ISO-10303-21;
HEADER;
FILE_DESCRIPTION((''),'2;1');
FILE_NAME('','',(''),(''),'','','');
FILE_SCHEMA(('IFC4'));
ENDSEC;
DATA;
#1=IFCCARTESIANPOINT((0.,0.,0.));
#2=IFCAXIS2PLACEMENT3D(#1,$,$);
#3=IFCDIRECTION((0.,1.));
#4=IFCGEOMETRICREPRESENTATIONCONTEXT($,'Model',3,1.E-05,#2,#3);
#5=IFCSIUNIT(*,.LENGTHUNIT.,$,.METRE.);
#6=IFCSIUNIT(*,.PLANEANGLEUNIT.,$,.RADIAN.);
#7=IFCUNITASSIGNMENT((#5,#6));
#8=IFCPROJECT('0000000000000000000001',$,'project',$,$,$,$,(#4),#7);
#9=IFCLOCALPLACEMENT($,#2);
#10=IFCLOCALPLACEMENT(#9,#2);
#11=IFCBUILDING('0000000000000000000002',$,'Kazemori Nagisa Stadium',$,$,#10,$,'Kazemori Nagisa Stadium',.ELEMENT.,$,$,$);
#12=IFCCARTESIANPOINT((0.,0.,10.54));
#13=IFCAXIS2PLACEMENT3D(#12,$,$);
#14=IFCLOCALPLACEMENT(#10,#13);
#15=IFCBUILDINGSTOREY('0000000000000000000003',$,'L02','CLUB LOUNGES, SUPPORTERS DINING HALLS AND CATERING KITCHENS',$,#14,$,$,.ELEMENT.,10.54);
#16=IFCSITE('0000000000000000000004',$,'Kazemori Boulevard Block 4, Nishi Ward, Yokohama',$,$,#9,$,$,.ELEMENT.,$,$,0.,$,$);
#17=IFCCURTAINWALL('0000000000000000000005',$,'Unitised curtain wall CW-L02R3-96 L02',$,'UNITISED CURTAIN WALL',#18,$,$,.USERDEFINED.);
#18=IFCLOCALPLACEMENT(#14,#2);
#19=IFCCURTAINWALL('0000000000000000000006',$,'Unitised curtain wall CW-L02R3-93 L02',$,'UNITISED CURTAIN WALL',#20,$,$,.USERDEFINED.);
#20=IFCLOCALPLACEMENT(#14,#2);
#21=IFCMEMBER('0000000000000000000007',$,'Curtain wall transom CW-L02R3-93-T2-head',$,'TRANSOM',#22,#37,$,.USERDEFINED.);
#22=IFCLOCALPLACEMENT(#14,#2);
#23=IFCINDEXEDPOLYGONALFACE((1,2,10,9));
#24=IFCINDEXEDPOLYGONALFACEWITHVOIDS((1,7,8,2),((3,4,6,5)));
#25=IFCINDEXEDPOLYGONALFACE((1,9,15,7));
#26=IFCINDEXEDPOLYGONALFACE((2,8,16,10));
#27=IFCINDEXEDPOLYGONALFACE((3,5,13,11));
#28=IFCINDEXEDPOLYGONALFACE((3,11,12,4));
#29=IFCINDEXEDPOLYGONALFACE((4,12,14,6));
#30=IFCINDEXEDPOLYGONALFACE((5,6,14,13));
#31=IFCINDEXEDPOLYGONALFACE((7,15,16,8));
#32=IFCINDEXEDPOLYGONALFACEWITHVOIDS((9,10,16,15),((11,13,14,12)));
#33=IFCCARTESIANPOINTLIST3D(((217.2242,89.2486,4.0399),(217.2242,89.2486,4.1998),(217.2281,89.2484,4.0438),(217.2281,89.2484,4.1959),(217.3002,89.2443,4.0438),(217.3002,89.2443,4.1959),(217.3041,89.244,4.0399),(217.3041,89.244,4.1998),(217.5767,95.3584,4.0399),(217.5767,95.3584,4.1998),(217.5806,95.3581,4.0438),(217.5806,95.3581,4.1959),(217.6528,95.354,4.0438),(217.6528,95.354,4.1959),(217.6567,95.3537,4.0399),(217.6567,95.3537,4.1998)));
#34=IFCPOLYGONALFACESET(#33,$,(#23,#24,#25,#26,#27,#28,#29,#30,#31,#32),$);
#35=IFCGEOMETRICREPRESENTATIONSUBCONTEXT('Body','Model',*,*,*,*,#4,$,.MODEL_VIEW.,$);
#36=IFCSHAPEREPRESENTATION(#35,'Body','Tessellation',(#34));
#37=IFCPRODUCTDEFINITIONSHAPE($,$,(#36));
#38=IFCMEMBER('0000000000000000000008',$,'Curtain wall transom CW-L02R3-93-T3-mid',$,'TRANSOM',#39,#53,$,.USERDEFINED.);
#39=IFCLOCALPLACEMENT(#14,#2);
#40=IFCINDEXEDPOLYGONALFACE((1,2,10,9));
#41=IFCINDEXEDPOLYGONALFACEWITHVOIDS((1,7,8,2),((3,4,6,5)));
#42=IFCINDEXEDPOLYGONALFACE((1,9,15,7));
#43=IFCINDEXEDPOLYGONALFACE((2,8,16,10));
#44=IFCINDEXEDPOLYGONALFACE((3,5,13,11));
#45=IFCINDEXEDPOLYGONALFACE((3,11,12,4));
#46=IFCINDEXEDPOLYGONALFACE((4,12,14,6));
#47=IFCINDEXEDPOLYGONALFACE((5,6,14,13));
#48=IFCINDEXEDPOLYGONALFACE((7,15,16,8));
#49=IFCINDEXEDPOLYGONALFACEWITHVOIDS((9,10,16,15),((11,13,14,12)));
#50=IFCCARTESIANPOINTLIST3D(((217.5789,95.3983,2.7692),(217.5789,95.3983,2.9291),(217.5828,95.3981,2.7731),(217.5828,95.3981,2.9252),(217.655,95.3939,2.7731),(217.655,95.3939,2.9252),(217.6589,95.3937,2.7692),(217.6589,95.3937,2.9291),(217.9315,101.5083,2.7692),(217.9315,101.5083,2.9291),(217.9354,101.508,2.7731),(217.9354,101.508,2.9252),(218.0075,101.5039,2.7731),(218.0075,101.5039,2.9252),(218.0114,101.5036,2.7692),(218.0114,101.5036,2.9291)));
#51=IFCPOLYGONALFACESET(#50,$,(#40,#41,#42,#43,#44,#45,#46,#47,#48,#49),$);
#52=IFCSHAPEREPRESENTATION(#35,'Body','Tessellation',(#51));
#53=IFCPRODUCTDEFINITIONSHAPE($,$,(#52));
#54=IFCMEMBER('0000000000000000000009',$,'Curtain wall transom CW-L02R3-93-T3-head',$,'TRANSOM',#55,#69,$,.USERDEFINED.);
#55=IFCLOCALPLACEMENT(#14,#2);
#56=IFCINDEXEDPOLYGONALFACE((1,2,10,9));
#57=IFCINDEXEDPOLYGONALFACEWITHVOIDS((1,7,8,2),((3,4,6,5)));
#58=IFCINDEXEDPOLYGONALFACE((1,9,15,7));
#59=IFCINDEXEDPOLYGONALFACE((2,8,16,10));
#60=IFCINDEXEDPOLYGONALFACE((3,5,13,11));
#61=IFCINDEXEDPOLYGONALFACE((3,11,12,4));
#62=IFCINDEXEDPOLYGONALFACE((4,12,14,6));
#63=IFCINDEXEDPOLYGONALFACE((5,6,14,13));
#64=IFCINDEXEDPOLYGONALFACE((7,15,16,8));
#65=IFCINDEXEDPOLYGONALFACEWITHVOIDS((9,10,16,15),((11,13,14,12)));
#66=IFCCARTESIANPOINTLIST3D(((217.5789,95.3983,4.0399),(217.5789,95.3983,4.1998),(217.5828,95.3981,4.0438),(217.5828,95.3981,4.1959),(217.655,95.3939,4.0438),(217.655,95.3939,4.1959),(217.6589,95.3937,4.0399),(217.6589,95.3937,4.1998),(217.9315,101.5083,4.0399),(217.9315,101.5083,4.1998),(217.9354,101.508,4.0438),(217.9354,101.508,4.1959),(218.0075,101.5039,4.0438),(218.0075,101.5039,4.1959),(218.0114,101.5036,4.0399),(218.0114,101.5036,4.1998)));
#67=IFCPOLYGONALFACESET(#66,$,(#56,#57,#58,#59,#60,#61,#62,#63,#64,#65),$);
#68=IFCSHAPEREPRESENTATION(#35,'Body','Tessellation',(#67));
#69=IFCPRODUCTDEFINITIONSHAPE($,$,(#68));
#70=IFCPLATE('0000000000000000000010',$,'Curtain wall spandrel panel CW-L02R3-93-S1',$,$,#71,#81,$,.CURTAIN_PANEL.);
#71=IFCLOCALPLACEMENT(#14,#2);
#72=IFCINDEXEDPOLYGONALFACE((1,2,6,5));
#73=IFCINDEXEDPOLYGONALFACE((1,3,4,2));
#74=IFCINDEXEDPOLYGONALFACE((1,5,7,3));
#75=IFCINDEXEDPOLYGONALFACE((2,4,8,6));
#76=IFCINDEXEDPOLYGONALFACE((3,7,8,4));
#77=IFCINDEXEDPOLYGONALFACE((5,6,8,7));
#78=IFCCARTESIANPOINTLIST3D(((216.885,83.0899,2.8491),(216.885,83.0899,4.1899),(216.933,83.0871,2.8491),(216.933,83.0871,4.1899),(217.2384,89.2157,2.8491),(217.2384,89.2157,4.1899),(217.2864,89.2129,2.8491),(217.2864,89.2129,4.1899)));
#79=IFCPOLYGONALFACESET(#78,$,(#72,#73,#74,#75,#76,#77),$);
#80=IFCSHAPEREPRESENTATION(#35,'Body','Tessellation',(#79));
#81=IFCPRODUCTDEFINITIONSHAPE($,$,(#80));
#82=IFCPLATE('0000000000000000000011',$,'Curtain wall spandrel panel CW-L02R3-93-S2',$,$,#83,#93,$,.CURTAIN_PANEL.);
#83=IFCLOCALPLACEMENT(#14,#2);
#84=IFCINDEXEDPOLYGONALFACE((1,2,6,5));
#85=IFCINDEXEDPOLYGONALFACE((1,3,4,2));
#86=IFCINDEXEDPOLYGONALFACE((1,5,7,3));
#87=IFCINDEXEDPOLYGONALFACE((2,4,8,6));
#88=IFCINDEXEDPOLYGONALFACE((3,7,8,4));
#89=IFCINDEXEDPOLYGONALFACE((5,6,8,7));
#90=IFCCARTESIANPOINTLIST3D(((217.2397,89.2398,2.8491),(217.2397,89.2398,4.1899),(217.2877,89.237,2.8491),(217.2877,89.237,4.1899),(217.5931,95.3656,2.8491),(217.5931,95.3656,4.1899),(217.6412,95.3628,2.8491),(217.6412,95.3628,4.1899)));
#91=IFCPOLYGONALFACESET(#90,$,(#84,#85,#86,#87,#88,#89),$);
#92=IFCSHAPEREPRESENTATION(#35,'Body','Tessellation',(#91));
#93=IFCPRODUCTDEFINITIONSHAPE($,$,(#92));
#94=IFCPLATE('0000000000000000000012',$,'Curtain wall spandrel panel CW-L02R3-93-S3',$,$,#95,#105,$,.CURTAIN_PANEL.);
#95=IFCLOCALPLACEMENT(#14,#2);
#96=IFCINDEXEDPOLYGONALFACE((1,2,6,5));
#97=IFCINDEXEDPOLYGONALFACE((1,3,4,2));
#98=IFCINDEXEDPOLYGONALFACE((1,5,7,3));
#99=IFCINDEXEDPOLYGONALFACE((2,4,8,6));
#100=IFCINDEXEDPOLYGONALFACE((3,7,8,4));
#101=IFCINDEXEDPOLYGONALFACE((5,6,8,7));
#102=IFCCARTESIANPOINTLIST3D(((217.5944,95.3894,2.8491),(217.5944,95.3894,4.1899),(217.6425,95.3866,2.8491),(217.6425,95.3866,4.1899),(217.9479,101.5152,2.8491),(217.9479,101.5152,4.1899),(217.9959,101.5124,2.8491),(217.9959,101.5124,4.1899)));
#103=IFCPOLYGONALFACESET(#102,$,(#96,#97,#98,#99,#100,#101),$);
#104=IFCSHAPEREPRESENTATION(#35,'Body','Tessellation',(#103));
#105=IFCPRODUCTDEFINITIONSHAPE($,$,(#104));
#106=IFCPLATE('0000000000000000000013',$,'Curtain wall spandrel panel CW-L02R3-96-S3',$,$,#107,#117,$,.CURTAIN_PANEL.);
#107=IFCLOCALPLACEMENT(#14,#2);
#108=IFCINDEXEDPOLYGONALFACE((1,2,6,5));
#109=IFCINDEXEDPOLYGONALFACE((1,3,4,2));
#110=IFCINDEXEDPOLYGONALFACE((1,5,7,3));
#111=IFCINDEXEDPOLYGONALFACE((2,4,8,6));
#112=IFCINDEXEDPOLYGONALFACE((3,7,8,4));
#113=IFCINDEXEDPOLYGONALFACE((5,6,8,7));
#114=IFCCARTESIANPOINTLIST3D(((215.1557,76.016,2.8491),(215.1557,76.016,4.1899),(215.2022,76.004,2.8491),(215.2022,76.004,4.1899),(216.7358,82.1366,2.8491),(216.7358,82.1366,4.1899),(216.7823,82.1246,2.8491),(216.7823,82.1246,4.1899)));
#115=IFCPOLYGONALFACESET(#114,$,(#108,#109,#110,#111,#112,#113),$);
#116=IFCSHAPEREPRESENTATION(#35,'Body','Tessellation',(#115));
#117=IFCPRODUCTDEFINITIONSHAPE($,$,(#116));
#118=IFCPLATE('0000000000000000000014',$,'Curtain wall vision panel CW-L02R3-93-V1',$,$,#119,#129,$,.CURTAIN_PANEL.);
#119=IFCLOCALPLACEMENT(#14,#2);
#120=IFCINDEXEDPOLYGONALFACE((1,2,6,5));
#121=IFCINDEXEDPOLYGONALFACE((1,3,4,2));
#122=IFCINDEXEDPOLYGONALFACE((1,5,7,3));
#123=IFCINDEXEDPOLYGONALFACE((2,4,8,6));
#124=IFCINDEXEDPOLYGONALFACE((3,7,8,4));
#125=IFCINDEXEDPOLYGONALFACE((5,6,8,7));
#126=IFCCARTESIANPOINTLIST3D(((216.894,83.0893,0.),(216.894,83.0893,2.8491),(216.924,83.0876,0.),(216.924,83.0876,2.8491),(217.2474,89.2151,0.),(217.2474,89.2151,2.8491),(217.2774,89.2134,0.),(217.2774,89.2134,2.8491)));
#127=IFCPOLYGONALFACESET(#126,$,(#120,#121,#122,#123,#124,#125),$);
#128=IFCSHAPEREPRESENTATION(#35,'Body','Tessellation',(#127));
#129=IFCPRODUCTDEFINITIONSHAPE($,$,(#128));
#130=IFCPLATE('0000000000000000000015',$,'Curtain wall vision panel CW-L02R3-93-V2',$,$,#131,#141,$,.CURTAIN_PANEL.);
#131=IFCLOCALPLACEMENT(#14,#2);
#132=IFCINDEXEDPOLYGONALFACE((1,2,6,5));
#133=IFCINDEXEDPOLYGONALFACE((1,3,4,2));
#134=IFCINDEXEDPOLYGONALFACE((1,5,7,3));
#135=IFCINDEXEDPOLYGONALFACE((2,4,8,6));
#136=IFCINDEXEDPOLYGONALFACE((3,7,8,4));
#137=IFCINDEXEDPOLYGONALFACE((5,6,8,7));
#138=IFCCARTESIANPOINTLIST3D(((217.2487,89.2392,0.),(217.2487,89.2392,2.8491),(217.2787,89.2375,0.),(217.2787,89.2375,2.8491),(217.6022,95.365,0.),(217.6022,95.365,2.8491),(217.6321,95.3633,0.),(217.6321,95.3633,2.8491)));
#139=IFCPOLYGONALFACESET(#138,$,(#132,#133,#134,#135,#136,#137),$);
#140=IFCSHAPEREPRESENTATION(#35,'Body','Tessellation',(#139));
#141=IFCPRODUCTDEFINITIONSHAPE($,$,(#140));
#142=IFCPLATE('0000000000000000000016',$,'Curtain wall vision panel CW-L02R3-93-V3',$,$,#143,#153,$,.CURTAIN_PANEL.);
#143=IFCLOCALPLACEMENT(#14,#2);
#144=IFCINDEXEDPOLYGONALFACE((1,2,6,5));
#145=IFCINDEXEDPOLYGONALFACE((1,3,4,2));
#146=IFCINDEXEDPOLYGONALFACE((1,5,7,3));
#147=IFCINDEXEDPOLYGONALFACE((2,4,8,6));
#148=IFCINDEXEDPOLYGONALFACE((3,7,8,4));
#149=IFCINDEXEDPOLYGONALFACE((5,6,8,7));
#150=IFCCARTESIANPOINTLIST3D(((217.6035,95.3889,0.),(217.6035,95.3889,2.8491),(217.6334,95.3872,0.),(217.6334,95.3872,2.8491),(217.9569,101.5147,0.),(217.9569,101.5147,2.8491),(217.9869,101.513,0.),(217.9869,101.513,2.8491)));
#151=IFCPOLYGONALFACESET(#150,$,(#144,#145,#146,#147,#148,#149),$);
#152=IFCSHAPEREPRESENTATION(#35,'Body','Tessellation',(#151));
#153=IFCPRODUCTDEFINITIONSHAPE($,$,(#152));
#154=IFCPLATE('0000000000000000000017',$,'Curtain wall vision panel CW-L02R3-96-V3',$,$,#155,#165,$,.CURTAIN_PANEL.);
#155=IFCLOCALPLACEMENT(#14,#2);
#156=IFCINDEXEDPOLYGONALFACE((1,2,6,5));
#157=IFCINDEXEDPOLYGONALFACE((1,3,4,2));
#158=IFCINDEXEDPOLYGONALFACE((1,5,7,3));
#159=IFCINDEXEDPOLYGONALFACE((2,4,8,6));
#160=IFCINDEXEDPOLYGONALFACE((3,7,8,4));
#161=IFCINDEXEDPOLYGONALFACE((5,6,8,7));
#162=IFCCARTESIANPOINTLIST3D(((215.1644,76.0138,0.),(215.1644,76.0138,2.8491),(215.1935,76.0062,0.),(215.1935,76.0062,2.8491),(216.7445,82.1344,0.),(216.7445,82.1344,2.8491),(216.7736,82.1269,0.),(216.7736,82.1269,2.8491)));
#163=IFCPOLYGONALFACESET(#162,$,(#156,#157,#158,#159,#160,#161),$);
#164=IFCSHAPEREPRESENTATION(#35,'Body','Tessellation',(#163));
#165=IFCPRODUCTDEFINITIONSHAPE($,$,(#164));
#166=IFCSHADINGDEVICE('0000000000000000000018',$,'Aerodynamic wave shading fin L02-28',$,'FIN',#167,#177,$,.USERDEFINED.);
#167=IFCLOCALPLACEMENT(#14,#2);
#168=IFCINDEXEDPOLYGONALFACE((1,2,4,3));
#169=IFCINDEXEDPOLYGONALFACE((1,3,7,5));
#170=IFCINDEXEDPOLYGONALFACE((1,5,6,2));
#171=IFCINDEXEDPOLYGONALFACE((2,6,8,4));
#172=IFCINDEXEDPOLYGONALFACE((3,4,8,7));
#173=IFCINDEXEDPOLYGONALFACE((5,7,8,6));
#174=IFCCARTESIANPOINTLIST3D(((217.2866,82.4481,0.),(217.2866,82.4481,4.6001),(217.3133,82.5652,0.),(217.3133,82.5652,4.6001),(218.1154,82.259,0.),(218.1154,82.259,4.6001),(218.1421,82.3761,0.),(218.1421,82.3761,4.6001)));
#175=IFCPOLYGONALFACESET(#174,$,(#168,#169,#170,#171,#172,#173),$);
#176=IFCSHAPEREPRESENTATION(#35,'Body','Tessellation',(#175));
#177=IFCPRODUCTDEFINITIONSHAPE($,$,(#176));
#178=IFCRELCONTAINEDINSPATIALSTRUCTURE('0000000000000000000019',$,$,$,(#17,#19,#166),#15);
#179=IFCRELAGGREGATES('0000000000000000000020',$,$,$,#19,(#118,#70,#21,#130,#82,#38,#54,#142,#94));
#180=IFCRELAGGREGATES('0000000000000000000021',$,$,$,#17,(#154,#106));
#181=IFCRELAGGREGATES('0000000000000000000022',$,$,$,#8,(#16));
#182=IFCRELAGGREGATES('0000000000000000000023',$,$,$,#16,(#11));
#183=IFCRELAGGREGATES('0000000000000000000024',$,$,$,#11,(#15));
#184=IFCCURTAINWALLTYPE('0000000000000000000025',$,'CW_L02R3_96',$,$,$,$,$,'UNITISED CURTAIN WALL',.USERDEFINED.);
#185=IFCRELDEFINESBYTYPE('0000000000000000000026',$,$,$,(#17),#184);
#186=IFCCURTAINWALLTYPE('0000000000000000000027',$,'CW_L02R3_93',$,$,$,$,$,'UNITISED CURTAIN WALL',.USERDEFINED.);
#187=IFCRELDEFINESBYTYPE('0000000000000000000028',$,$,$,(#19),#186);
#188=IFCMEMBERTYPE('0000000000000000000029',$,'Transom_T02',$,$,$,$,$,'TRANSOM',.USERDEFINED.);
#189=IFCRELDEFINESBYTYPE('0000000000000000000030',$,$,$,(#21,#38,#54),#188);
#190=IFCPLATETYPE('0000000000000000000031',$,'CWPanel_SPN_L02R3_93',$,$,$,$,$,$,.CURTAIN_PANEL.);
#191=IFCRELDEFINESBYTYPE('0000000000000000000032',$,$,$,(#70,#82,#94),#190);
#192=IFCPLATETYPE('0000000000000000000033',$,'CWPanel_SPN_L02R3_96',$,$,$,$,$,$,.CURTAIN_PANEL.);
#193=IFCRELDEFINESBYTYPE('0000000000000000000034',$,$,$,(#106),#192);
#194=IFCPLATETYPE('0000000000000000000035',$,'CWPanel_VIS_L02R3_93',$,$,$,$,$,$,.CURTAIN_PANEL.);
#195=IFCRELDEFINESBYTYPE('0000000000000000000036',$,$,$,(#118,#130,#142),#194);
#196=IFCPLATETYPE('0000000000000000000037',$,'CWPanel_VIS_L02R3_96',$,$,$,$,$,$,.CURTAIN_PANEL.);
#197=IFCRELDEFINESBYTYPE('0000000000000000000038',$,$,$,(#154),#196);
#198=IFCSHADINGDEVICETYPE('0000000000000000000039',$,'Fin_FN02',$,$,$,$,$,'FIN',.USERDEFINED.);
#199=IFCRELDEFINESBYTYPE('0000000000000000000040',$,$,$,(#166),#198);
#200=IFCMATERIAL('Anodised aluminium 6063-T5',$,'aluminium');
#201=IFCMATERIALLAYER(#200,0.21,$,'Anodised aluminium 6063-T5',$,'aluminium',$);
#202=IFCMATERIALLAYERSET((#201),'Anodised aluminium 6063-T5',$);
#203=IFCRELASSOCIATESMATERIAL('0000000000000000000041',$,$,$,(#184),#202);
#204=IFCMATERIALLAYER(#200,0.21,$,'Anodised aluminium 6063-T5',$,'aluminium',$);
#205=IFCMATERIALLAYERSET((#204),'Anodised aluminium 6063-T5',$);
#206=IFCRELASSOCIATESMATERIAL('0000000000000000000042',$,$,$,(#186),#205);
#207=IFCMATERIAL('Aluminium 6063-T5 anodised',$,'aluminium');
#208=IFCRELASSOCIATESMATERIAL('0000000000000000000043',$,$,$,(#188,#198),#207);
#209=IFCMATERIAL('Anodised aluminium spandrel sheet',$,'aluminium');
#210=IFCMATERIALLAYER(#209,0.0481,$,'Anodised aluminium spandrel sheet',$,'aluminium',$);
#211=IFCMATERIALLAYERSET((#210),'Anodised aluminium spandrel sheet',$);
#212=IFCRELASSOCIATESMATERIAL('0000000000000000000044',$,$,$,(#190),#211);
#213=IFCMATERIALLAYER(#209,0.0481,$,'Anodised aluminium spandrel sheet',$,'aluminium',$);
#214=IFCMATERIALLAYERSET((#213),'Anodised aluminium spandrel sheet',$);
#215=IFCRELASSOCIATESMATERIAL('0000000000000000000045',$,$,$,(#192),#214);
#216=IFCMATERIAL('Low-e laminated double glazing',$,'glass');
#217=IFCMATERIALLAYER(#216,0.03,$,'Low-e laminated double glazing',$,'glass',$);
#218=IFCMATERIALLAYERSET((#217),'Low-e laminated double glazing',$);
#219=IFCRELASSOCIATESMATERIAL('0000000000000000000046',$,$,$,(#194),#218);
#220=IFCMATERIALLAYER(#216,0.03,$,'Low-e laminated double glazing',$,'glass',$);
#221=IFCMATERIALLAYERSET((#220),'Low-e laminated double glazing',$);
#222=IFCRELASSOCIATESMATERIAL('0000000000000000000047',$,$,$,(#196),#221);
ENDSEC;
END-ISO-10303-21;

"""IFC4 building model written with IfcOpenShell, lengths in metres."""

from ifc_helpers import new_model, si_unit, direction, frame, origin, origin_2d, place, context, subcontext, project, spatial, rectangle, hollow_rectangle, extrude, material, layer, layer_set, material_profile, profile_set, type_object, element, aggregate, save


model = new_model("IFC4")

# Units and contexts
model_context = context("Model", 3, precision=1e-05, world=origin(), true_north=direction((0.0, 1.0)))
body_context = subcontext(model_context, "Body", "Model", "MODEL_VIEW")
ifc_project = project(units=[si_unit("LENGTHUNIT", "METRE"), si_unit("PLANEANGLEUNIT", "RADIAN")], contexts=[model_context])

# Site, building, storey
site_placement = place(None, origin())
site = spatial("IfcSite", under=ifc_project, at=site_placement, Name="Kazemori Boulevard Block 4, Nishi Ward, Yokohama", CompositionType="ELEMENT", RefElevation=0.0)
building_placement = place(site_placement, origin())
building = spatial("IfcBuilding", under=site, at=building_placement, Name="Kazemori Nagisa Stadium", LongName="Kazemori Nagisa Stadium", CompositionType="ELEMENT")
storey_placement = place(building_placement, frame((0.0, 0.0, 10.54)))
storey = spatial("IfcBuildingStorey", under=building, at=storey_placement, Name="L02", Description="CLUB LOUNGES, SUPPORTERS DINING HALLS AND CATERING KITCHENS", CompositionType="ELEMENT", Elevation=10.54)

# Curtain wall
ifc_material_1 = material(Name="Anodised aluminium 6063-T5", Category="aluminium")
ifc_layer_1 = layer(ifc_material_1, 0.21, Name="Anodised aluminium 6063-T5", Category="aluminium")
ifc_layer_set_1 = layer_set([ifc_layer_1], Name="Anodised aluminium 6063-T5")
curtain_wall_type_1 = type_object("IfcCurtainWallType", Name="CW_L02R3_96", ElementType="UNITISED CURTAIN WALL", PredefinedType="USERDEFINED", material=ifc_layer_set_1)
curtain_wall_1_placement = place(storey_placement, origin())
curtain_wall_1 = element("IfcCurtainWall", 1, at=curtain_wall_1_placement, inside=storey, type_object=curtain_wall_type_1, Name="Unitised curtain wall CW-L02R3-96 L02", ObjectType="UNITISED CURTAIN WALL", PredefinedType="USERDEFINED")
ifc_material_2 = material(Name="Aluminium 6063-T5 anodised", Category="aluminium")

# Curtain wall, members, plates
ifc_layer_2 = layer(ifc_material_1, 0.21, Name="Anodised aluminium 6063-T5", Category="aluminium")
ifc_layer_set_2 = layer_set([ifc_layer_2], Name="Anodised aluminium 6063-T5")
curtain_wall_type_2 = type_object("IfcCurtainWallType", Name="CW_L02R3_93", ElementType="UNITISED CURTAIN WALL", PredefinedType="USERDEFINED", material=ifc_layer_set_2)
curtain_wall_2_placement = place(storey_placement, origin())
curtain_wall_2 = element("IfcCurtainWall", 2, at=curtain_wall_2_placement, inside=storey, type_object=curtain_wall_type_2, Name="Unitised curtain wall CW-L02R3-93 L02", ObjectType="UNITISED CURTAIN WALL", PredefinedType="USERDEFINED")
ifc_material_profile_1 = material_profile(ifc_material_2, hollow_rectangle(XDim=0.0801, YDim=0.1599, WallThickness=0.0039, at=origin_2d()), Name="ALU-TRAN-80x160x4")
ifc_profile_set_1 = profile_set([ifc_material_profile_1], Name="Aluminium 6063-T5 anodised")
member_type_1 = type_object("IfcMemberType", Name="Transom_T02", ElementType="TRANSOM", PredefinedType="USERDEFINED", material=ifc_profile_set_1)
member_1_placement = place(storey_placement, frame((217.2642, 89.2463, 4.1199), z_axis=(0.057606, 0.998339, 0.0), x_axis=(-0.998339, 0.057606, 0.0)))
member_1 = element("IfcMember", 3, at=member_1_placement, type_object=member_type_1, Name="Curtain wall transom CW-L02R3-93-T2-head", ObjectType="TRANSOM", PredefinedType="USERDEFINED", context=body_context, shape_type="SweptSolid", body=[
    extrude(hollow_rectangle(XDim=0.0801, YDim=0.1599, WallThickness=0.0039, at=origin_2d()), origin(), (0.0, 0.0, 1.0), 6.1199),
])
member_2_placement = place(storey_placement, frame((217.6189, 95.396, 2.8491), z_axis=(0.057604, 0.99834, 0.0), x_axis=(-0.99834, 0.057604, 0.0)))
member_2 = element("IfcMember", 4, at=member_2_placement, type_object=member_type_1, Name="Curtain wall transom CW-L02R3-93-T3-mid", ObjectType="TRANSOM", PredefinedType="USERDEFINED", context=body_context, shape_type="SweptSolid", body=[
    extrude(hollow_rectangle(XDim=0.0801, YDim=0.1599, WallThickness=0.0039, at=origin_2d()), origin(), (0.0, 0.0, 1.0), 6.1201),
])
member_3_placement = place(storey_placement, frame((217.6189, 95.396, 4.1199), z_axis=(0.057604, 0.99834, 0.0), x_axis=(-0.99834, 0.057604, 0.0)))
member_3 = element("IfcMember", 5, at=member_3_placement, type_object=member_type_1, Name="Curtain wall transom CW-L02R3-93-T3-head", ObjectType="TRANSOM", PredefinedType="USERDEFINED", context=body_context, shape_type="SweptSolid", body=[
    extrude(hollow_rectangle(XDim=0.0801, YDim=0.1599, WallThickness=0.0039, at=origin_2d()), origin(), (0.0, 0.0, 1.0), 6.1201),
])
ifc_material_3 = material(Name="Anodised aluminium spandrel sheet", Category="aluminium")
ifc_layer_3 = layer(ifc_material_3, 0.0481, Name="Anodised aluminium spandrel sheet", Category="aluminium")
ifc_layer_set_3 = layer_set([ifc_layer_3], Name="Anodised aluminium spandrel sheet")
plate_type_1 = type_object("IfcPlateType", Name="CWPanel_SPN_L02R3_93", PredefinedType="CURTAIN_PANEL", material=ifc_layer_set_3)
plate_1_placement = place(storey_placement, frame((217.0857, 86.1514, 2.8491), z_axis=(0.0, 0.0, 1.0), x_axis=(0.057602, 0.99834, 0.0)))
plate_1 = element("IfcPlate", 6, at=plate_1_placement, type_object=plate_type_1, Name="Curtain wall spandrel panel CW-L02R3-93-S1", PredefinedType="CURTAIN_PANEL", context=body_context, shape_type="SweptSolid", body=[
    extrude(rectangle(XDim=6.136, YDim=0.0481, at=origin_2d()), origin(), (0.0, 0.0, 1.0), 1.3408),
])
plate_2_placement = place(storey_placement, frame((217.4404, 92.3013, 2.8491), z_axis=(0.0, 0.0, 1.0), x_axis=(0.057602, 0.99834, 0.0)))
plate_2 = element("IfcPlate", 7, at=plate_2_placement, type_object=plate_type_1, Name="Curtain wall spandrel panel CW-L02R3-93-S2", PredefinedType="CURTAIN_PANEL", context=body_context, shape_type="SweptSolid", body=[
    extrude(rectangle(XDim=6.136, YDim=0.0481, at=origin_2d()), origin(), (0.0, 0.0, 1.0), 1.3408),
])
plate_3_placement = place(storey_placement, frame((217.7952, 98.4509, 2.8491), z_axis=(0.0, 0.0, 1.0), x_axis=(0.057602, 0.99834, 0.0)))
plate_3 = element("IfcPlate", 8, at=plate_3_placement, type_object=plate_type_1, Name="Curtain wall spandrel panel CW-L02R3-93-S3", PredefinedType="CURTAIN_PANEL", context=body_context, shape_type="SweptSolid", body=[
    extrude(rectangle(XDim=6.136, YDim=0.0481, at=origin_2d()), origin(), (0.0, 0.0, 1.0), 1.3408),
])

# Plates
ifc_layer_4 = layer(ifc_material_3, 0.0481, Name="Anodised aluminium spandrel sheet", Category="aluminium")
ifc_layer_set_4 = layer_set([ifc_layer_4], Name="Anodised aluminium spandrel sheet")
plate_type_2 = type_object("IfcPlateType", Name="CWPanel_SPN_L02R3_96", PredefinedType="CURTAIN_PANEL", material=ifc_layer_set_4)
plate_4_placement = place(storey_placement, frame((215.969, 79.0703, 2.8491), z_axis=(0.0, 0.0, 1.0), x_axis=(0.249965, 0.968255, 0.0)))
plate_4 = element("IfcPlate", 9, at=plate_4_placement, type_object=plate_type_2, Name="Curtain wall spandrel panel CW-L02R3-96-S3", PredefinedType="CURTAIN_PANEL", context=body_context, shape_type="SweptSolid", body=[
    extrude(rectangle(XDim=6.3213, YDim=0.0481, at=origin_2d()), origin(), (0.0, 0.0, 1.0), 1.3408),
])
ifc_material_4 = material(Name="Low-e laminated double glazing", Category="glass")
ifc_layer_5 = layer(ifc_material_4, 0.03, Name="Low-e laminated double glazing", Category="glass")
ifc_layer_set_5 = layer_set([ifc_layer_5], Name="Low-e laminated double glazing")
plate_type_3 = type_object("IfcPlateType", Name="CWPanel_VIS_L02R3_93", PredefinedType="CURTAIN_PANEL", material=ifc_layer_set_5)
plate_5_placement = place(storey_placement, frame((217.0857, 86.1514, 0.0), z_axis=(0.0, 0.0, 1.0), x_axis=(0.057602, 0.99834, 0.0)))
plate_5 = element("IfcPlate", 10, at=plate_5_placement, type_object=plate_type_3, Name="Curtain wall vision panel CW-L02R3-93-V1", PredefinedType="CURTAIN_PANEL", context=body_context, shape_type="SweptSolid", body=[
    extrude(rectangle(XDim=6.136, YDim=0.03, at=origin_2d()), origin(), (0.0, 0.0, 1.0), 2.8491),
])
plate_6_placement = place(storey_placement, frame((217.4404, 92.3013, 0.0), z_axis=(0.0, 0.0, 1.0), x_axis=(0.057602, 0.99834, 0.0)))
plate_6 = element("IfcPlate", 11, at=plate_6_placement, type_object=plate_type_3, Name="Curtain wall vision panel CW-L02R3-93-V2", PredefinedType="CURTAIN_PANEL", context=body_context, shape_type="SweptSolid", body=[
    extrude(rectangle(XDim=6.136, YDim=0.03, at=origin_2d()), origin(), (0.0, 0.0, 1.0), 2.8491),
])
plate_7_placement = place(storey_placement, frame((217.7952, 98.4509, 0.0), z_axis=(0.0, 0.0, 1.0), x_axis=(0.057602, 0.99834, 0.0)))
plate_7 = element("IfcPlate", 12, at=plate_7_placement, type_object=plate_type_3, Name="Curtain wall vision panel CW-L02R3-93-V3", PredefinedType="CURTAIN_PANEL", context=body_context, shape_type="SweptSolid", body=[
    extrude(rectangle(XDim=6.136, YDim=0.03, at=origin_2d()), origin(), (0.0, 0.0, 1.0), 2.8491),
])
aggregate(curtain_wall_2, [plate_5, plate_1, member_1, plate_6, plate_2, member_2, member_3, plate_7, plate_3])
ifc_layer_6 = layer(ifc_material_4, 0.03, Name="Low-e laminated double glazing", Category="glass")
ifc_layer_set_6 = layer_set([ifc_layer_6], Name="Low-e laminated double glazing")
plate_type_4 = type_object("IfcPlateType", Name="CWPanel_VIS_L02R3_96", PredefinedType="CURTAIN_PANEL", material=ifc_layer_set_6)
plate_8_placement = place(storey_placement, frame((215.969, 79.0703, 0.0), z_axis=(0.0, 0.0, 1.0), x_axis=(0.249965, 0.968255, 0.0)))
plate_8 = element("IfcPlate", 13, at=plate_8_placement, type_object=plate_type_4, Name="Curtain wall vision panel CW-L02R3-96-V3", PredefinedType="CURTAIN_PANEL", context=body_context, shape_type="SweptSolid", body=[
    extrude(rectangle(XDim=6.3213, YDim=0.03, at=origin_2d()), origin(), (0.0, 0.0, 1.0), 2.8491),
])
aggregate(curtain_wall_1, [plate_8, plate_4])

# Shading device
shading_device_type = type_object("IfcShadingDeviceType", Name="Fin_FN02", ElementType="FIN", PredefinedType="USERDEFINED", material=ifc_material_2)
shading_device_placement = place(storey_placement, frame((217.7144, 82.4121, 0.0), z_axis=(0.0, 0.0, 1.0), x_axis=(0.974928, -0.222521, 0.0)))
element("IfcShadingDevice", 14, at=shading_device_placement, inside=storey, type_object=shading_device_type, Name="Aerodynamic wave shading fin L02-28", ObjectType="FIN", PredefinedType="USERDEFINED", context=body_context, shape_type="SweptSolid", body=[
    extrude(rectangle(XDim=0.8501, YDim=0.1201, at=origin_2d()), origin(), (0.0, 0.0, 1.0), 4.6001),
])

save(model, "model.ifc")
